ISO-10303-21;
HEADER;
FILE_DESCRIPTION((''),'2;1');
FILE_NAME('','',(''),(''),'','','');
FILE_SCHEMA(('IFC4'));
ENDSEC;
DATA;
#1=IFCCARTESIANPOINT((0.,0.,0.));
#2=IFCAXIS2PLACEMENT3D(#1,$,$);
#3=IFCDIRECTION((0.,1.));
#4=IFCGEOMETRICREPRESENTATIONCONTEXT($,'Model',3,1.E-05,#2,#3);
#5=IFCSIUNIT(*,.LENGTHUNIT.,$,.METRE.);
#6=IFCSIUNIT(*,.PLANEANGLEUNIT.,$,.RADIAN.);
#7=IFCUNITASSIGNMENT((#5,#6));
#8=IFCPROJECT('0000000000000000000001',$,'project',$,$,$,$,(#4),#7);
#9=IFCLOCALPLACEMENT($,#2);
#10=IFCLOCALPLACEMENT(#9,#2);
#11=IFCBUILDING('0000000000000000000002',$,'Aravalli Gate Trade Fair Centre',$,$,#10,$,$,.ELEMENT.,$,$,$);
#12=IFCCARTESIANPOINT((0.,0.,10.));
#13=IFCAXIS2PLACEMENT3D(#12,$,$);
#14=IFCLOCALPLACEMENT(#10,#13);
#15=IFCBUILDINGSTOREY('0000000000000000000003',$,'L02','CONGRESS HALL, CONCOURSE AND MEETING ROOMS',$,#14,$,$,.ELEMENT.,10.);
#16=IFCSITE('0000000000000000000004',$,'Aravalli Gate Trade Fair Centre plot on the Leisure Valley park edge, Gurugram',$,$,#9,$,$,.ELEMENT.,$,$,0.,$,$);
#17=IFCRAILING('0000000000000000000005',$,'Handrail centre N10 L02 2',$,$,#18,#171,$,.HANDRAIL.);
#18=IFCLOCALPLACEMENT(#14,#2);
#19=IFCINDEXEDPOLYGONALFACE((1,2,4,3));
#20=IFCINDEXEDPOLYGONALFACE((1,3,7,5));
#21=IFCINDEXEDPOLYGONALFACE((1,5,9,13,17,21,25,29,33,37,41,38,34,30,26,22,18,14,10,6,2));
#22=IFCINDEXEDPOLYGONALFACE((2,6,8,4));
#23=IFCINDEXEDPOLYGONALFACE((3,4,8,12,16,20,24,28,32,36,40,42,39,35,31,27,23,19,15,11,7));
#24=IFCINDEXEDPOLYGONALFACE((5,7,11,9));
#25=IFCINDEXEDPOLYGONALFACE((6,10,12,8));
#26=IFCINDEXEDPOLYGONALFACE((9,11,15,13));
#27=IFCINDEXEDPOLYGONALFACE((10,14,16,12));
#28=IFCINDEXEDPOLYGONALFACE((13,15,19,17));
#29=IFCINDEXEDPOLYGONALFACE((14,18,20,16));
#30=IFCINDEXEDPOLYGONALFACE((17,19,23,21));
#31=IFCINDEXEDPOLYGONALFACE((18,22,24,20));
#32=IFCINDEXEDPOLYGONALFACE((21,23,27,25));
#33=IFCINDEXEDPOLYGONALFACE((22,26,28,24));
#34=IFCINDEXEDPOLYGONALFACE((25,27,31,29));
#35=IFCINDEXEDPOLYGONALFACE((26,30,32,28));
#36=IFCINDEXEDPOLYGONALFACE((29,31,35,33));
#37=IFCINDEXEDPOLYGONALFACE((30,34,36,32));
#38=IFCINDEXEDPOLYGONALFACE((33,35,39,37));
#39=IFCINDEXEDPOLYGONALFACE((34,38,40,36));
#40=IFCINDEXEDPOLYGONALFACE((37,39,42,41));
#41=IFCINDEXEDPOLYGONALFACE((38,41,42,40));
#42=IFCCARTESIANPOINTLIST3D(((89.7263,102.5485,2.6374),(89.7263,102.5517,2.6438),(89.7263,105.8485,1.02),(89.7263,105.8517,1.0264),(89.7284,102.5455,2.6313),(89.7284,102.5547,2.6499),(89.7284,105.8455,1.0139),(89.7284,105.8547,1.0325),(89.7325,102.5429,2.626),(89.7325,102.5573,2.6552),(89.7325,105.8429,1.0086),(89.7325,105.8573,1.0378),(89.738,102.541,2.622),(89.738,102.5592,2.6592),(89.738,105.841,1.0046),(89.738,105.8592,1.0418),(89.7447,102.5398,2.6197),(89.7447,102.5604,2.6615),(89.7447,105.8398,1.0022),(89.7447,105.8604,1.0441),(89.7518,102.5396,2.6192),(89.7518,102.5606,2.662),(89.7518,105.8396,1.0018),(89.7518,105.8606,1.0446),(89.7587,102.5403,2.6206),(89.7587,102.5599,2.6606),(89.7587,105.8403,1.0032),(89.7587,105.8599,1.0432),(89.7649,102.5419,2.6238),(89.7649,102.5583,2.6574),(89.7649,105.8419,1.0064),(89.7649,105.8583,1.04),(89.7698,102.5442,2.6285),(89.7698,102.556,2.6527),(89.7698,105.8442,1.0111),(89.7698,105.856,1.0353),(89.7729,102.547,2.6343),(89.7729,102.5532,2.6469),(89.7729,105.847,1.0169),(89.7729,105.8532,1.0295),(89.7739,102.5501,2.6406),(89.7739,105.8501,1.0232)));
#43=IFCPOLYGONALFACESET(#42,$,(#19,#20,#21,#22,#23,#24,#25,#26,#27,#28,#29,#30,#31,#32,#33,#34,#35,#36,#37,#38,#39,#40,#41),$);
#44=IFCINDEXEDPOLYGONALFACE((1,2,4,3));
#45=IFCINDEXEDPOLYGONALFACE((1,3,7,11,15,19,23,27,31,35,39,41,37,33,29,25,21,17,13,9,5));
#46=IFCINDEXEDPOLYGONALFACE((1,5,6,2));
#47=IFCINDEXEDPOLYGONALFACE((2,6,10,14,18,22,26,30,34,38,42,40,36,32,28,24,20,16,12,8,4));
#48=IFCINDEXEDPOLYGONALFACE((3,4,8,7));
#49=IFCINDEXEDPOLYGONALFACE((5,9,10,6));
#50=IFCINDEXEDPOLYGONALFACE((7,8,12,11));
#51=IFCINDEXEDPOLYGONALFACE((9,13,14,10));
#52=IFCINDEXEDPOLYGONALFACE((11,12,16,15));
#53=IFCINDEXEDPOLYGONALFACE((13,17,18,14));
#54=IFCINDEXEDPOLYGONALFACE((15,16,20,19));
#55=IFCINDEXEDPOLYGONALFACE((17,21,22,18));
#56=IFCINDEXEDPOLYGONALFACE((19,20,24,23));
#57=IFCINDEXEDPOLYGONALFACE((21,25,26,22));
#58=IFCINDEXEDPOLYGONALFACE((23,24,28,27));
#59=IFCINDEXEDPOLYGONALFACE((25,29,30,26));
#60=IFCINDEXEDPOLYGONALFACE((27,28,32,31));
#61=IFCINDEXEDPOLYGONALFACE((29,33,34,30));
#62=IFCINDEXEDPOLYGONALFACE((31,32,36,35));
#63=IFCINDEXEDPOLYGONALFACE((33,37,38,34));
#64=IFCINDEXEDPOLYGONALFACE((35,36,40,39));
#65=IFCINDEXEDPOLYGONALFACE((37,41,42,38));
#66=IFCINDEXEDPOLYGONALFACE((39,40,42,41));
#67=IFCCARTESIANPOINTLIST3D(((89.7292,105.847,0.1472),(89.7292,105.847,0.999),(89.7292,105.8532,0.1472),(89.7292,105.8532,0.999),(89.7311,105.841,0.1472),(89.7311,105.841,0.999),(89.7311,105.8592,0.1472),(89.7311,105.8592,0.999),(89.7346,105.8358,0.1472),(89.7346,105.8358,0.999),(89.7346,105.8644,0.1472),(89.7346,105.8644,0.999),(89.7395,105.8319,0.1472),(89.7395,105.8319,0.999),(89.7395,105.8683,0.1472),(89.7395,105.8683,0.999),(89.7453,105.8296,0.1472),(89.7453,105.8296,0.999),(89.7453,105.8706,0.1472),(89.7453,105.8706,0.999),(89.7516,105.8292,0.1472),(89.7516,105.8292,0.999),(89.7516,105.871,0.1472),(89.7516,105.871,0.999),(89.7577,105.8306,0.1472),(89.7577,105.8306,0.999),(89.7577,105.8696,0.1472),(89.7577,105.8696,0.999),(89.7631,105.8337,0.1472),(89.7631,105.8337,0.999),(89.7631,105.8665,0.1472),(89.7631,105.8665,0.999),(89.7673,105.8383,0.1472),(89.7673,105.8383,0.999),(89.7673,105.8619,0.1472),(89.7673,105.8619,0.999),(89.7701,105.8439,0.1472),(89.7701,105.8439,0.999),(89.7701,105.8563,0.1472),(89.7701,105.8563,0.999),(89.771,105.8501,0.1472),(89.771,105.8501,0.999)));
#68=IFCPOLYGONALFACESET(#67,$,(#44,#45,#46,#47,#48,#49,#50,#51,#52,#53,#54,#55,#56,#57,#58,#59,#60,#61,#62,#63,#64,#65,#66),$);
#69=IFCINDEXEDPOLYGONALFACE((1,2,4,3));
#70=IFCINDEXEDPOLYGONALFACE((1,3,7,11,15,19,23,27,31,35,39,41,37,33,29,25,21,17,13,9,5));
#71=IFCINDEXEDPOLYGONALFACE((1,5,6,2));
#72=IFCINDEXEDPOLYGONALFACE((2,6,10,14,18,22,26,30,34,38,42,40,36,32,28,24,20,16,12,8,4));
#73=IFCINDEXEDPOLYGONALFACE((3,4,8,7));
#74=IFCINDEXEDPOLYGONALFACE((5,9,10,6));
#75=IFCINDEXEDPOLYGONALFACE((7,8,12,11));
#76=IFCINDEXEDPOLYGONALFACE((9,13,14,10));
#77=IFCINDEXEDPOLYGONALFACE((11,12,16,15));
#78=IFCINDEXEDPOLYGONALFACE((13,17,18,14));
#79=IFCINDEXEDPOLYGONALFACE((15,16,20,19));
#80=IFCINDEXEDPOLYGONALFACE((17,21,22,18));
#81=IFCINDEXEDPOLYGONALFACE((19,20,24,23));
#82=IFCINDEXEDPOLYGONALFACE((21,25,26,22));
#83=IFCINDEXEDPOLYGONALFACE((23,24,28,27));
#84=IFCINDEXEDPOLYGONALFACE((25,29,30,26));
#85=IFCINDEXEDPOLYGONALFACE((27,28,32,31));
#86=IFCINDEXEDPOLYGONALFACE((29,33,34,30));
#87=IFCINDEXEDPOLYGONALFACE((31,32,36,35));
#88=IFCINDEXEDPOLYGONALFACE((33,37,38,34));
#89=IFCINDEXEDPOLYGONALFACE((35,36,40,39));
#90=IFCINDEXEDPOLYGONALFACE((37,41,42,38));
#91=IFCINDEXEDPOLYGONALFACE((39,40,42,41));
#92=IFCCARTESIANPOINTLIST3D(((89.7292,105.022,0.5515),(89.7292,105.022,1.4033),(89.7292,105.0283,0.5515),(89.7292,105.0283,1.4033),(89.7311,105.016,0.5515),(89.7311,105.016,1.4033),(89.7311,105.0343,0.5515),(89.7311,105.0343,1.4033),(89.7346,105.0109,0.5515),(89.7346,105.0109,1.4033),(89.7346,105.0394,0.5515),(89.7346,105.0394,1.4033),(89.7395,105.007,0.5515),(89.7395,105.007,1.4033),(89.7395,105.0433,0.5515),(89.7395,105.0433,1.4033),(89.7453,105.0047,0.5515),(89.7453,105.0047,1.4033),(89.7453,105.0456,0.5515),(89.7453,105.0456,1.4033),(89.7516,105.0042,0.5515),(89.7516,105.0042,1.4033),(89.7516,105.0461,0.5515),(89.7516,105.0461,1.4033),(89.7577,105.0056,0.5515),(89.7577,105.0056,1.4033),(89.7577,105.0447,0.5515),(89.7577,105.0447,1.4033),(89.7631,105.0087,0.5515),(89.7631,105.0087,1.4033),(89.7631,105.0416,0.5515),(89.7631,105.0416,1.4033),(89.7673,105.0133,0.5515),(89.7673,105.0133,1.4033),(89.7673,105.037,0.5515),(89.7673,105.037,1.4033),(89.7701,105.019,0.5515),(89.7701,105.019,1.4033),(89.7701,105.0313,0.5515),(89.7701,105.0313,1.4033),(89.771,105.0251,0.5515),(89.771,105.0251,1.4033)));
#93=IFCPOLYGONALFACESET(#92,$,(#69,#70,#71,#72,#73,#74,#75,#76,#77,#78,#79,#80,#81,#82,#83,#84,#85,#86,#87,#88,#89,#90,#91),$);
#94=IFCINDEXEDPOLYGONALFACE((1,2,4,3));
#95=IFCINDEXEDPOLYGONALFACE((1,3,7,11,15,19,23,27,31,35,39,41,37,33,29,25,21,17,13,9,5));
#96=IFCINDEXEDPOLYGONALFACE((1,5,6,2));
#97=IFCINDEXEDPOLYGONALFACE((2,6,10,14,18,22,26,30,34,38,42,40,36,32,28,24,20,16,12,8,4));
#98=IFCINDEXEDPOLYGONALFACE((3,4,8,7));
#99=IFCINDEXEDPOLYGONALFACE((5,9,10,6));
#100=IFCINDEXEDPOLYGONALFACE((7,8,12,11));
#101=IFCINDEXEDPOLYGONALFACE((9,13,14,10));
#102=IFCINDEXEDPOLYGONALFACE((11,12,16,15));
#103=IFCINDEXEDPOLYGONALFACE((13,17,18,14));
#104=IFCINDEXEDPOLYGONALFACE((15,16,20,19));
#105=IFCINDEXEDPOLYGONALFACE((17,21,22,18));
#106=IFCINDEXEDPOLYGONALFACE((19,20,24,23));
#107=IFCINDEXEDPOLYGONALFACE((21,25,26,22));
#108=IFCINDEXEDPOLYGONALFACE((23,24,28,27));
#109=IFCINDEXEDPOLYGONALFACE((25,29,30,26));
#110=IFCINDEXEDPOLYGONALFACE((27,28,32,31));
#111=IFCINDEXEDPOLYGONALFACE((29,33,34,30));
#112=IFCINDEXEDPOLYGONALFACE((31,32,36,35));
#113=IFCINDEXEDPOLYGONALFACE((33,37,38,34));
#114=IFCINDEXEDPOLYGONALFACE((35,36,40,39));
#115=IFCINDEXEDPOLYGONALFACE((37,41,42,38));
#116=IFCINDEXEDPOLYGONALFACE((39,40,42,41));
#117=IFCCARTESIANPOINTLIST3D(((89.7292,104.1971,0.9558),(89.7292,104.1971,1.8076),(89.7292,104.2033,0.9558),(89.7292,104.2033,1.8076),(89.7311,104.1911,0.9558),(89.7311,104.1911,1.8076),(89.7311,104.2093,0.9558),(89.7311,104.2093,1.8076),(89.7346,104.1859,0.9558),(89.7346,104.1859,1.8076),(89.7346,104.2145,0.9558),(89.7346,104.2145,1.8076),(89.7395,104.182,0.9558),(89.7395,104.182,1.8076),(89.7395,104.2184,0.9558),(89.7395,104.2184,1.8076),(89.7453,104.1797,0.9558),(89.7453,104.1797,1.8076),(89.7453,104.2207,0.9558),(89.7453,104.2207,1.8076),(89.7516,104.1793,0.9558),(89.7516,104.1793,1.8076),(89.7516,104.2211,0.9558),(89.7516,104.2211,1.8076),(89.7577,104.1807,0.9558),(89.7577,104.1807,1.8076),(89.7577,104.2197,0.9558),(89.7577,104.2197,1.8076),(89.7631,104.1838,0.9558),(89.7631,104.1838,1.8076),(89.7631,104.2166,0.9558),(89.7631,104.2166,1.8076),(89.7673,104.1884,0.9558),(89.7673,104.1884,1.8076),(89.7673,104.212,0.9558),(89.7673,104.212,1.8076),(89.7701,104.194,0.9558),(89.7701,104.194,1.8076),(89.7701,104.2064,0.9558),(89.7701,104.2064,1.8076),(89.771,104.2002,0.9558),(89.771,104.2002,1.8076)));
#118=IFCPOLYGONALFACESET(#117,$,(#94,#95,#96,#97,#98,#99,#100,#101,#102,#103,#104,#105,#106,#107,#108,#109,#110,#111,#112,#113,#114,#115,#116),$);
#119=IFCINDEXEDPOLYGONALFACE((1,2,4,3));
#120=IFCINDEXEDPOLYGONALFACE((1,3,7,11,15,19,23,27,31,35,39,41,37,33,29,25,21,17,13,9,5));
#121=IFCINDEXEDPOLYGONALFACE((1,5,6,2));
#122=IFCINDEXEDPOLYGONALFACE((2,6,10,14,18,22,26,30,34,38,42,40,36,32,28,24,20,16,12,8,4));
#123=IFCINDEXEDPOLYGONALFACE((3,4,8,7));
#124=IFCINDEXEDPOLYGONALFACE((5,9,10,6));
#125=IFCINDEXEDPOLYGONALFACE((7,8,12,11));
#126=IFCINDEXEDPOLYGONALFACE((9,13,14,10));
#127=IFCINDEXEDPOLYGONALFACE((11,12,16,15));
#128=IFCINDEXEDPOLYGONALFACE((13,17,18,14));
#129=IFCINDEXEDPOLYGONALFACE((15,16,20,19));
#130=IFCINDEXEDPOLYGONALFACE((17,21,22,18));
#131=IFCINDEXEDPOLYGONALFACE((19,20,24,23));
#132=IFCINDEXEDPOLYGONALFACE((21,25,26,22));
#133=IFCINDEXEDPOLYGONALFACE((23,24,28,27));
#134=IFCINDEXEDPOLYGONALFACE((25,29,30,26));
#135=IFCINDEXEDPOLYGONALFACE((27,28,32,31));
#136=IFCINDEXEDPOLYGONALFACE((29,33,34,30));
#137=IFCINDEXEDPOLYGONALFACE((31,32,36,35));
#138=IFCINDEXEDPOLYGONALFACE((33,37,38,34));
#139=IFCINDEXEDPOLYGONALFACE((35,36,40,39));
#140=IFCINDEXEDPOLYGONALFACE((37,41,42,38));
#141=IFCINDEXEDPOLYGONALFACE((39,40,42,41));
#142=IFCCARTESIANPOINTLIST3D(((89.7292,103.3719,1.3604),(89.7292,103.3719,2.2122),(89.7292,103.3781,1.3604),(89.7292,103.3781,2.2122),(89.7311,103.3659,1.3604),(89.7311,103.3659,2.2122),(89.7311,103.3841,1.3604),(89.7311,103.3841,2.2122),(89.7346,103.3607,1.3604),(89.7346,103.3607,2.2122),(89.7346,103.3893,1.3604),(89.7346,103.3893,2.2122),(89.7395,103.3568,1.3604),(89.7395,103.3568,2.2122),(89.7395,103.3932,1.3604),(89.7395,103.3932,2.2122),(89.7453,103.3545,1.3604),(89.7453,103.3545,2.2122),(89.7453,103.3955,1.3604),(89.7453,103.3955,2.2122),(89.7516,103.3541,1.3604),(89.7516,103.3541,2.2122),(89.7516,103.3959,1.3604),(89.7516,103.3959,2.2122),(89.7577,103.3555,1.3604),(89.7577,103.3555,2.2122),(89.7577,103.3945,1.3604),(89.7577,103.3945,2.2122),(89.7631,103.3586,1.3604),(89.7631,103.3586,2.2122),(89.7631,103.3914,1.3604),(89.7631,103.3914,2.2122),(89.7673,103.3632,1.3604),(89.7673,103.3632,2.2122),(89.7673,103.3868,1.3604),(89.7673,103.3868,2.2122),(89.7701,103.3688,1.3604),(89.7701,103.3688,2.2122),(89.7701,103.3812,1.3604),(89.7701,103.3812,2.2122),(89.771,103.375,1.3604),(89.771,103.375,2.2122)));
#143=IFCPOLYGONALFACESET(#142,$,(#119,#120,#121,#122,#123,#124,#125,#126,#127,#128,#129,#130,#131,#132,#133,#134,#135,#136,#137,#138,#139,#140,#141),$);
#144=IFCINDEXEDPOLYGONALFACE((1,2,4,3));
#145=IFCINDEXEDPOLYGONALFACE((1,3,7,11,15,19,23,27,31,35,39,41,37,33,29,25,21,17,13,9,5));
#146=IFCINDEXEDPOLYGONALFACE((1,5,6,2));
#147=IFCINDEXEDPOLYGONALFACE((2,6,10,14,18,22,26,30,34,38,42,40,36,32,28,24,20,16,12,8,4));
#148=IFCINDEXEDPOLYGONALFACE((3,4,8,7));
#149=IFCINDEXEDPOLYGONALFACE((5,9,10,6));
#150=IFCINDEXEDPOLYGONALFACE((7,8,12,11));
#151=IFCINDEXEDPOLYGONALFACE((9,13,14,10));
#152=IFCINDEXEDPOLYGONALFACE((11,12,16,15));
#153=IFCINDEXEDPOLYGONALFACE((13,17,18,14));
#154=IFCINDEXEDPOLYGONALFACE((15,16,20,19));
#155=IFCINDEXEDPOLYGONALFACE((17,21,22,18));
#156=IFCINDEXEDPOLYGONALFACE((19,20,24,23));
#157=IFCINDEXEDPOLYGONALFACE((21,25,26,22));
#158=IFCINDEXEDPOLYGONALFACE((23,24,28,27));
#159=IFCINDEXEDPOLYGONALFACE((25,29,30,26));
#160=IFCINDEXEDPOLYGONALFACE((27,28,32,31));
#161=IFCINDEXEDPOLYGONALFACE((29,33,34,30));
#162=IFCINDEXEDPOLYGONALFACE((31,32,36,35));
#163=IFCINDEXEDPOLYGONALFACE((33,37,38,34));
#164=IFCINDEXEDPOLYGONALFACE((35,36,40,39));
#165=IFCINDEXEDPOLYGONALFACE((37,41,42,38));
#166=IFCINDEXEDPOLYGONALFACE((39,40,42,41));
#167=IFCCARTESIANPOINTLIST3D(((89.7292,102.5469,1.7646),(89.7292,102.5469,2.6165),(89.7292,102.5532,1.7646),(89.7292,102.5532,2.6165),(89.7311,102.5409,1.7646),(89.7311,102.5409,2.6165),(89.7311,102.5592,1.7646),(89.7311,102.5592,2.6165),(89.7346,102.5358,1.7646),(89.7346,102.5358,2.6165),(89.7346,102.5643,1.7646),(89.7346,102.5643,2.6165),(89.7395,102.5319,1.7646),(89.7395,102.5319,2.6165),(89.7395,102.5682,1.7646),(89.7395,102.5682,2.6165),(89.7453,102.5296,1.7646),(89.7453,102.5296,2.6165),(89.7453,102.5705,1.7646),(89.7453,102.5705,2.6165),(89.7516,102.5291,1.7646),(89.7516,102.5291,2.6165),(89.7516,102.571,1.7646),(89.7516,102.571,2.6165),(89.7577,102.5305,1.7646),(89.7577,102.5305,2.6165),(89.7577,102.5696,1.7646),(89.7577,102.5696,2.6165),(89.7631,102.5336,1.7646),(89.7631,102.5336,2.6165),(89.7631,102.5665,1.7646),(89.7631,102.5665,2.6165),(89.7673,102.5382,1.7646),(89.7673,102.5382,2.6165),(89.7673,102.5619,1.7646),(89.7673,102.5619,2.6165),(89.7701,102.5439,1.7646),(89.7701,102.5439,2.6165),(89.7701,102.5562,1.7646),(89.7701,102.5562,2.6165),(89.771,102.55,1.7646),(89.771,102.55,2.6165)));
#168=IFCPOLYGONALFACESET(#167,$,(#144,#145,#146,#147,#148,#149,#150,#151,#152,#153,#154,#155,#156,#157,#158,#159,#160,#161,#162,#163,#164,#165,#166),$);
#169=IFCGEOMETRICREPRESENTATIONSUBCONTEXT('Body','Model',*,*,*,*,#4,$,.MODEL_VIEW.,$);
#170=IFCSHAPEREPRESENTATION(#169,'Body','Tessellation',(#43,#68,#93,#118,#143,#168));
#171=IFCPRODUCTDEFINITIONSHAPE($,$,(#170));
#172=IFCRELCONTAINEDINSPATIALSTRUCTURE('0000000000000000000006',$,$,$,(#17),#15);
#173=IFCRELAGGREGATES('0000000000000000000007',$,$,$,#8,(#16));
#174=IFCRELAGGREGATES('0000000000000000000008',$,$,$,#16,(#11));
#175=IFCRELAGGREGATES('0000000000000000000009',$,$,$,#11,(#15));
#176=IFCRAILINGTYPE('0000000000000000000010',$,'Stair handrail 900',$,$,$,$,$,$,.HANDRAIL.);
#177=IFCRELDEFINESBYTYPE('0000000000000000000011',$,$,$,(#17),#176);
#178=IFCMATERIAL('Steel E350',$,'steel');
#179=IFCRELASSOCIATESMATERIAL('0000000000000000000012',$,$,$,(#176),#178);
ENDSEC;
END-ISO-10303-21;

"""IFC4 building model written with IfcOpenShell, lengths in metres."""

from ifc_helpers import new_model, si_unit, direction, frame, origin, origin_2d, place, context, subcontext, project, spatial, circle, extrude, material, type_object, element, save


model = new_model("IFC4")

# Units and contexts
model_context = context("Model", 3, precision=1e-05, world=origin(), true_north=direction((0.0, 1.0)))
body_context = subcontext(model_context, "Body", "Model", "MODEL_VIEW")
ifc_project = project(units=[si_unit("LENGTHUNIT", "METRE"), si_unit("PLANEANGLEUNIT", "RADIAN")], contexts=[model_context])

# Site, building, storey
site_placement = place(None, origin())
site = spatial("IfcSite", under=ifc_project, at=site_placement, Name="Aravalli Gate Trade Fair Centre plot on the Leisure Valley park edge, Gurugram", CompositionType="ELEMENT", RefElevation=0.0)
building_placement = place(site_placement, origin())
building = spatial("IfcBuilding", under=site, at=building_placement, Name="Aravalli Gate Trade Fair Centre", CompositionType="ELEMENT")
storey_placement = place(building_placement, frame((0.0, 0.0, 10.0)))
storey = spatial("IfcBuildingStorey", under=building, at=storey_placement, Name="L02", Description="CONGRESS HALL, CONCOURSE AND MEETING ROOMS", CompositionType="ELEMENT", Elevation=10.0)

# Shared definitions
ifc_material_1 = material(Name="Steel E350", Category="steel")

# Railing
railing_type_1 = type_object("IfcRailingType", Name="Stair handrail 900", PredefinedType="HANDRAIL", material=ifc_material_1)
for number, where, name in (
    (1, (89.75, 105.8501, 0.1472), "Handrail centre N10 L02 2"),
):
    element("IfcRailing", number, at=place(storey_placement, frame(where)), inside=storey, type_object=railing_type_1, Name=name, PredefinedType="HANDRAIL", context=body_context, shape_type="SweptSolid", body=[
        extrude(circle(Radius=0.0239, at=origin_2d()), frame((0.0, 0.0, 0.876), z_axis=(0.0, -0.897946, 0.440105), x_axis=(1.0, 0.0, 0.0)), (0.0, 0.0, 1.0), 3.675),
        extrude(circle(Radius=0.021, at=origin_2d()), origin(), (0.0, 0.0, 1.0), 0.8518),
        extrude(circle(Radius=0.021, at=origin_2d()), frame((0.0, -0.825, 0.4043)), (0.0, 0.0, 1.0), 0.8518),
        extrude(circle(Radius=0.021, at=origin_2d()), frame((0.0, -1.6499, 0.8086)), (0.0, 0.0, 1.0), 0.8518),
        extrude(circle(Radius=0.021, at=origin_2d()), frame((0.0, -2.4751, 1.2131)), (0.0, 0.0, 1.0), 0.8518),
        extrude(circle(Radius=0.021, at=origin_2d()), frame((0.0, -3.3, 1.6174)), (0.0, 0.0, 1.0), 0.8518),
    ])

save(model, "model.ifc")
